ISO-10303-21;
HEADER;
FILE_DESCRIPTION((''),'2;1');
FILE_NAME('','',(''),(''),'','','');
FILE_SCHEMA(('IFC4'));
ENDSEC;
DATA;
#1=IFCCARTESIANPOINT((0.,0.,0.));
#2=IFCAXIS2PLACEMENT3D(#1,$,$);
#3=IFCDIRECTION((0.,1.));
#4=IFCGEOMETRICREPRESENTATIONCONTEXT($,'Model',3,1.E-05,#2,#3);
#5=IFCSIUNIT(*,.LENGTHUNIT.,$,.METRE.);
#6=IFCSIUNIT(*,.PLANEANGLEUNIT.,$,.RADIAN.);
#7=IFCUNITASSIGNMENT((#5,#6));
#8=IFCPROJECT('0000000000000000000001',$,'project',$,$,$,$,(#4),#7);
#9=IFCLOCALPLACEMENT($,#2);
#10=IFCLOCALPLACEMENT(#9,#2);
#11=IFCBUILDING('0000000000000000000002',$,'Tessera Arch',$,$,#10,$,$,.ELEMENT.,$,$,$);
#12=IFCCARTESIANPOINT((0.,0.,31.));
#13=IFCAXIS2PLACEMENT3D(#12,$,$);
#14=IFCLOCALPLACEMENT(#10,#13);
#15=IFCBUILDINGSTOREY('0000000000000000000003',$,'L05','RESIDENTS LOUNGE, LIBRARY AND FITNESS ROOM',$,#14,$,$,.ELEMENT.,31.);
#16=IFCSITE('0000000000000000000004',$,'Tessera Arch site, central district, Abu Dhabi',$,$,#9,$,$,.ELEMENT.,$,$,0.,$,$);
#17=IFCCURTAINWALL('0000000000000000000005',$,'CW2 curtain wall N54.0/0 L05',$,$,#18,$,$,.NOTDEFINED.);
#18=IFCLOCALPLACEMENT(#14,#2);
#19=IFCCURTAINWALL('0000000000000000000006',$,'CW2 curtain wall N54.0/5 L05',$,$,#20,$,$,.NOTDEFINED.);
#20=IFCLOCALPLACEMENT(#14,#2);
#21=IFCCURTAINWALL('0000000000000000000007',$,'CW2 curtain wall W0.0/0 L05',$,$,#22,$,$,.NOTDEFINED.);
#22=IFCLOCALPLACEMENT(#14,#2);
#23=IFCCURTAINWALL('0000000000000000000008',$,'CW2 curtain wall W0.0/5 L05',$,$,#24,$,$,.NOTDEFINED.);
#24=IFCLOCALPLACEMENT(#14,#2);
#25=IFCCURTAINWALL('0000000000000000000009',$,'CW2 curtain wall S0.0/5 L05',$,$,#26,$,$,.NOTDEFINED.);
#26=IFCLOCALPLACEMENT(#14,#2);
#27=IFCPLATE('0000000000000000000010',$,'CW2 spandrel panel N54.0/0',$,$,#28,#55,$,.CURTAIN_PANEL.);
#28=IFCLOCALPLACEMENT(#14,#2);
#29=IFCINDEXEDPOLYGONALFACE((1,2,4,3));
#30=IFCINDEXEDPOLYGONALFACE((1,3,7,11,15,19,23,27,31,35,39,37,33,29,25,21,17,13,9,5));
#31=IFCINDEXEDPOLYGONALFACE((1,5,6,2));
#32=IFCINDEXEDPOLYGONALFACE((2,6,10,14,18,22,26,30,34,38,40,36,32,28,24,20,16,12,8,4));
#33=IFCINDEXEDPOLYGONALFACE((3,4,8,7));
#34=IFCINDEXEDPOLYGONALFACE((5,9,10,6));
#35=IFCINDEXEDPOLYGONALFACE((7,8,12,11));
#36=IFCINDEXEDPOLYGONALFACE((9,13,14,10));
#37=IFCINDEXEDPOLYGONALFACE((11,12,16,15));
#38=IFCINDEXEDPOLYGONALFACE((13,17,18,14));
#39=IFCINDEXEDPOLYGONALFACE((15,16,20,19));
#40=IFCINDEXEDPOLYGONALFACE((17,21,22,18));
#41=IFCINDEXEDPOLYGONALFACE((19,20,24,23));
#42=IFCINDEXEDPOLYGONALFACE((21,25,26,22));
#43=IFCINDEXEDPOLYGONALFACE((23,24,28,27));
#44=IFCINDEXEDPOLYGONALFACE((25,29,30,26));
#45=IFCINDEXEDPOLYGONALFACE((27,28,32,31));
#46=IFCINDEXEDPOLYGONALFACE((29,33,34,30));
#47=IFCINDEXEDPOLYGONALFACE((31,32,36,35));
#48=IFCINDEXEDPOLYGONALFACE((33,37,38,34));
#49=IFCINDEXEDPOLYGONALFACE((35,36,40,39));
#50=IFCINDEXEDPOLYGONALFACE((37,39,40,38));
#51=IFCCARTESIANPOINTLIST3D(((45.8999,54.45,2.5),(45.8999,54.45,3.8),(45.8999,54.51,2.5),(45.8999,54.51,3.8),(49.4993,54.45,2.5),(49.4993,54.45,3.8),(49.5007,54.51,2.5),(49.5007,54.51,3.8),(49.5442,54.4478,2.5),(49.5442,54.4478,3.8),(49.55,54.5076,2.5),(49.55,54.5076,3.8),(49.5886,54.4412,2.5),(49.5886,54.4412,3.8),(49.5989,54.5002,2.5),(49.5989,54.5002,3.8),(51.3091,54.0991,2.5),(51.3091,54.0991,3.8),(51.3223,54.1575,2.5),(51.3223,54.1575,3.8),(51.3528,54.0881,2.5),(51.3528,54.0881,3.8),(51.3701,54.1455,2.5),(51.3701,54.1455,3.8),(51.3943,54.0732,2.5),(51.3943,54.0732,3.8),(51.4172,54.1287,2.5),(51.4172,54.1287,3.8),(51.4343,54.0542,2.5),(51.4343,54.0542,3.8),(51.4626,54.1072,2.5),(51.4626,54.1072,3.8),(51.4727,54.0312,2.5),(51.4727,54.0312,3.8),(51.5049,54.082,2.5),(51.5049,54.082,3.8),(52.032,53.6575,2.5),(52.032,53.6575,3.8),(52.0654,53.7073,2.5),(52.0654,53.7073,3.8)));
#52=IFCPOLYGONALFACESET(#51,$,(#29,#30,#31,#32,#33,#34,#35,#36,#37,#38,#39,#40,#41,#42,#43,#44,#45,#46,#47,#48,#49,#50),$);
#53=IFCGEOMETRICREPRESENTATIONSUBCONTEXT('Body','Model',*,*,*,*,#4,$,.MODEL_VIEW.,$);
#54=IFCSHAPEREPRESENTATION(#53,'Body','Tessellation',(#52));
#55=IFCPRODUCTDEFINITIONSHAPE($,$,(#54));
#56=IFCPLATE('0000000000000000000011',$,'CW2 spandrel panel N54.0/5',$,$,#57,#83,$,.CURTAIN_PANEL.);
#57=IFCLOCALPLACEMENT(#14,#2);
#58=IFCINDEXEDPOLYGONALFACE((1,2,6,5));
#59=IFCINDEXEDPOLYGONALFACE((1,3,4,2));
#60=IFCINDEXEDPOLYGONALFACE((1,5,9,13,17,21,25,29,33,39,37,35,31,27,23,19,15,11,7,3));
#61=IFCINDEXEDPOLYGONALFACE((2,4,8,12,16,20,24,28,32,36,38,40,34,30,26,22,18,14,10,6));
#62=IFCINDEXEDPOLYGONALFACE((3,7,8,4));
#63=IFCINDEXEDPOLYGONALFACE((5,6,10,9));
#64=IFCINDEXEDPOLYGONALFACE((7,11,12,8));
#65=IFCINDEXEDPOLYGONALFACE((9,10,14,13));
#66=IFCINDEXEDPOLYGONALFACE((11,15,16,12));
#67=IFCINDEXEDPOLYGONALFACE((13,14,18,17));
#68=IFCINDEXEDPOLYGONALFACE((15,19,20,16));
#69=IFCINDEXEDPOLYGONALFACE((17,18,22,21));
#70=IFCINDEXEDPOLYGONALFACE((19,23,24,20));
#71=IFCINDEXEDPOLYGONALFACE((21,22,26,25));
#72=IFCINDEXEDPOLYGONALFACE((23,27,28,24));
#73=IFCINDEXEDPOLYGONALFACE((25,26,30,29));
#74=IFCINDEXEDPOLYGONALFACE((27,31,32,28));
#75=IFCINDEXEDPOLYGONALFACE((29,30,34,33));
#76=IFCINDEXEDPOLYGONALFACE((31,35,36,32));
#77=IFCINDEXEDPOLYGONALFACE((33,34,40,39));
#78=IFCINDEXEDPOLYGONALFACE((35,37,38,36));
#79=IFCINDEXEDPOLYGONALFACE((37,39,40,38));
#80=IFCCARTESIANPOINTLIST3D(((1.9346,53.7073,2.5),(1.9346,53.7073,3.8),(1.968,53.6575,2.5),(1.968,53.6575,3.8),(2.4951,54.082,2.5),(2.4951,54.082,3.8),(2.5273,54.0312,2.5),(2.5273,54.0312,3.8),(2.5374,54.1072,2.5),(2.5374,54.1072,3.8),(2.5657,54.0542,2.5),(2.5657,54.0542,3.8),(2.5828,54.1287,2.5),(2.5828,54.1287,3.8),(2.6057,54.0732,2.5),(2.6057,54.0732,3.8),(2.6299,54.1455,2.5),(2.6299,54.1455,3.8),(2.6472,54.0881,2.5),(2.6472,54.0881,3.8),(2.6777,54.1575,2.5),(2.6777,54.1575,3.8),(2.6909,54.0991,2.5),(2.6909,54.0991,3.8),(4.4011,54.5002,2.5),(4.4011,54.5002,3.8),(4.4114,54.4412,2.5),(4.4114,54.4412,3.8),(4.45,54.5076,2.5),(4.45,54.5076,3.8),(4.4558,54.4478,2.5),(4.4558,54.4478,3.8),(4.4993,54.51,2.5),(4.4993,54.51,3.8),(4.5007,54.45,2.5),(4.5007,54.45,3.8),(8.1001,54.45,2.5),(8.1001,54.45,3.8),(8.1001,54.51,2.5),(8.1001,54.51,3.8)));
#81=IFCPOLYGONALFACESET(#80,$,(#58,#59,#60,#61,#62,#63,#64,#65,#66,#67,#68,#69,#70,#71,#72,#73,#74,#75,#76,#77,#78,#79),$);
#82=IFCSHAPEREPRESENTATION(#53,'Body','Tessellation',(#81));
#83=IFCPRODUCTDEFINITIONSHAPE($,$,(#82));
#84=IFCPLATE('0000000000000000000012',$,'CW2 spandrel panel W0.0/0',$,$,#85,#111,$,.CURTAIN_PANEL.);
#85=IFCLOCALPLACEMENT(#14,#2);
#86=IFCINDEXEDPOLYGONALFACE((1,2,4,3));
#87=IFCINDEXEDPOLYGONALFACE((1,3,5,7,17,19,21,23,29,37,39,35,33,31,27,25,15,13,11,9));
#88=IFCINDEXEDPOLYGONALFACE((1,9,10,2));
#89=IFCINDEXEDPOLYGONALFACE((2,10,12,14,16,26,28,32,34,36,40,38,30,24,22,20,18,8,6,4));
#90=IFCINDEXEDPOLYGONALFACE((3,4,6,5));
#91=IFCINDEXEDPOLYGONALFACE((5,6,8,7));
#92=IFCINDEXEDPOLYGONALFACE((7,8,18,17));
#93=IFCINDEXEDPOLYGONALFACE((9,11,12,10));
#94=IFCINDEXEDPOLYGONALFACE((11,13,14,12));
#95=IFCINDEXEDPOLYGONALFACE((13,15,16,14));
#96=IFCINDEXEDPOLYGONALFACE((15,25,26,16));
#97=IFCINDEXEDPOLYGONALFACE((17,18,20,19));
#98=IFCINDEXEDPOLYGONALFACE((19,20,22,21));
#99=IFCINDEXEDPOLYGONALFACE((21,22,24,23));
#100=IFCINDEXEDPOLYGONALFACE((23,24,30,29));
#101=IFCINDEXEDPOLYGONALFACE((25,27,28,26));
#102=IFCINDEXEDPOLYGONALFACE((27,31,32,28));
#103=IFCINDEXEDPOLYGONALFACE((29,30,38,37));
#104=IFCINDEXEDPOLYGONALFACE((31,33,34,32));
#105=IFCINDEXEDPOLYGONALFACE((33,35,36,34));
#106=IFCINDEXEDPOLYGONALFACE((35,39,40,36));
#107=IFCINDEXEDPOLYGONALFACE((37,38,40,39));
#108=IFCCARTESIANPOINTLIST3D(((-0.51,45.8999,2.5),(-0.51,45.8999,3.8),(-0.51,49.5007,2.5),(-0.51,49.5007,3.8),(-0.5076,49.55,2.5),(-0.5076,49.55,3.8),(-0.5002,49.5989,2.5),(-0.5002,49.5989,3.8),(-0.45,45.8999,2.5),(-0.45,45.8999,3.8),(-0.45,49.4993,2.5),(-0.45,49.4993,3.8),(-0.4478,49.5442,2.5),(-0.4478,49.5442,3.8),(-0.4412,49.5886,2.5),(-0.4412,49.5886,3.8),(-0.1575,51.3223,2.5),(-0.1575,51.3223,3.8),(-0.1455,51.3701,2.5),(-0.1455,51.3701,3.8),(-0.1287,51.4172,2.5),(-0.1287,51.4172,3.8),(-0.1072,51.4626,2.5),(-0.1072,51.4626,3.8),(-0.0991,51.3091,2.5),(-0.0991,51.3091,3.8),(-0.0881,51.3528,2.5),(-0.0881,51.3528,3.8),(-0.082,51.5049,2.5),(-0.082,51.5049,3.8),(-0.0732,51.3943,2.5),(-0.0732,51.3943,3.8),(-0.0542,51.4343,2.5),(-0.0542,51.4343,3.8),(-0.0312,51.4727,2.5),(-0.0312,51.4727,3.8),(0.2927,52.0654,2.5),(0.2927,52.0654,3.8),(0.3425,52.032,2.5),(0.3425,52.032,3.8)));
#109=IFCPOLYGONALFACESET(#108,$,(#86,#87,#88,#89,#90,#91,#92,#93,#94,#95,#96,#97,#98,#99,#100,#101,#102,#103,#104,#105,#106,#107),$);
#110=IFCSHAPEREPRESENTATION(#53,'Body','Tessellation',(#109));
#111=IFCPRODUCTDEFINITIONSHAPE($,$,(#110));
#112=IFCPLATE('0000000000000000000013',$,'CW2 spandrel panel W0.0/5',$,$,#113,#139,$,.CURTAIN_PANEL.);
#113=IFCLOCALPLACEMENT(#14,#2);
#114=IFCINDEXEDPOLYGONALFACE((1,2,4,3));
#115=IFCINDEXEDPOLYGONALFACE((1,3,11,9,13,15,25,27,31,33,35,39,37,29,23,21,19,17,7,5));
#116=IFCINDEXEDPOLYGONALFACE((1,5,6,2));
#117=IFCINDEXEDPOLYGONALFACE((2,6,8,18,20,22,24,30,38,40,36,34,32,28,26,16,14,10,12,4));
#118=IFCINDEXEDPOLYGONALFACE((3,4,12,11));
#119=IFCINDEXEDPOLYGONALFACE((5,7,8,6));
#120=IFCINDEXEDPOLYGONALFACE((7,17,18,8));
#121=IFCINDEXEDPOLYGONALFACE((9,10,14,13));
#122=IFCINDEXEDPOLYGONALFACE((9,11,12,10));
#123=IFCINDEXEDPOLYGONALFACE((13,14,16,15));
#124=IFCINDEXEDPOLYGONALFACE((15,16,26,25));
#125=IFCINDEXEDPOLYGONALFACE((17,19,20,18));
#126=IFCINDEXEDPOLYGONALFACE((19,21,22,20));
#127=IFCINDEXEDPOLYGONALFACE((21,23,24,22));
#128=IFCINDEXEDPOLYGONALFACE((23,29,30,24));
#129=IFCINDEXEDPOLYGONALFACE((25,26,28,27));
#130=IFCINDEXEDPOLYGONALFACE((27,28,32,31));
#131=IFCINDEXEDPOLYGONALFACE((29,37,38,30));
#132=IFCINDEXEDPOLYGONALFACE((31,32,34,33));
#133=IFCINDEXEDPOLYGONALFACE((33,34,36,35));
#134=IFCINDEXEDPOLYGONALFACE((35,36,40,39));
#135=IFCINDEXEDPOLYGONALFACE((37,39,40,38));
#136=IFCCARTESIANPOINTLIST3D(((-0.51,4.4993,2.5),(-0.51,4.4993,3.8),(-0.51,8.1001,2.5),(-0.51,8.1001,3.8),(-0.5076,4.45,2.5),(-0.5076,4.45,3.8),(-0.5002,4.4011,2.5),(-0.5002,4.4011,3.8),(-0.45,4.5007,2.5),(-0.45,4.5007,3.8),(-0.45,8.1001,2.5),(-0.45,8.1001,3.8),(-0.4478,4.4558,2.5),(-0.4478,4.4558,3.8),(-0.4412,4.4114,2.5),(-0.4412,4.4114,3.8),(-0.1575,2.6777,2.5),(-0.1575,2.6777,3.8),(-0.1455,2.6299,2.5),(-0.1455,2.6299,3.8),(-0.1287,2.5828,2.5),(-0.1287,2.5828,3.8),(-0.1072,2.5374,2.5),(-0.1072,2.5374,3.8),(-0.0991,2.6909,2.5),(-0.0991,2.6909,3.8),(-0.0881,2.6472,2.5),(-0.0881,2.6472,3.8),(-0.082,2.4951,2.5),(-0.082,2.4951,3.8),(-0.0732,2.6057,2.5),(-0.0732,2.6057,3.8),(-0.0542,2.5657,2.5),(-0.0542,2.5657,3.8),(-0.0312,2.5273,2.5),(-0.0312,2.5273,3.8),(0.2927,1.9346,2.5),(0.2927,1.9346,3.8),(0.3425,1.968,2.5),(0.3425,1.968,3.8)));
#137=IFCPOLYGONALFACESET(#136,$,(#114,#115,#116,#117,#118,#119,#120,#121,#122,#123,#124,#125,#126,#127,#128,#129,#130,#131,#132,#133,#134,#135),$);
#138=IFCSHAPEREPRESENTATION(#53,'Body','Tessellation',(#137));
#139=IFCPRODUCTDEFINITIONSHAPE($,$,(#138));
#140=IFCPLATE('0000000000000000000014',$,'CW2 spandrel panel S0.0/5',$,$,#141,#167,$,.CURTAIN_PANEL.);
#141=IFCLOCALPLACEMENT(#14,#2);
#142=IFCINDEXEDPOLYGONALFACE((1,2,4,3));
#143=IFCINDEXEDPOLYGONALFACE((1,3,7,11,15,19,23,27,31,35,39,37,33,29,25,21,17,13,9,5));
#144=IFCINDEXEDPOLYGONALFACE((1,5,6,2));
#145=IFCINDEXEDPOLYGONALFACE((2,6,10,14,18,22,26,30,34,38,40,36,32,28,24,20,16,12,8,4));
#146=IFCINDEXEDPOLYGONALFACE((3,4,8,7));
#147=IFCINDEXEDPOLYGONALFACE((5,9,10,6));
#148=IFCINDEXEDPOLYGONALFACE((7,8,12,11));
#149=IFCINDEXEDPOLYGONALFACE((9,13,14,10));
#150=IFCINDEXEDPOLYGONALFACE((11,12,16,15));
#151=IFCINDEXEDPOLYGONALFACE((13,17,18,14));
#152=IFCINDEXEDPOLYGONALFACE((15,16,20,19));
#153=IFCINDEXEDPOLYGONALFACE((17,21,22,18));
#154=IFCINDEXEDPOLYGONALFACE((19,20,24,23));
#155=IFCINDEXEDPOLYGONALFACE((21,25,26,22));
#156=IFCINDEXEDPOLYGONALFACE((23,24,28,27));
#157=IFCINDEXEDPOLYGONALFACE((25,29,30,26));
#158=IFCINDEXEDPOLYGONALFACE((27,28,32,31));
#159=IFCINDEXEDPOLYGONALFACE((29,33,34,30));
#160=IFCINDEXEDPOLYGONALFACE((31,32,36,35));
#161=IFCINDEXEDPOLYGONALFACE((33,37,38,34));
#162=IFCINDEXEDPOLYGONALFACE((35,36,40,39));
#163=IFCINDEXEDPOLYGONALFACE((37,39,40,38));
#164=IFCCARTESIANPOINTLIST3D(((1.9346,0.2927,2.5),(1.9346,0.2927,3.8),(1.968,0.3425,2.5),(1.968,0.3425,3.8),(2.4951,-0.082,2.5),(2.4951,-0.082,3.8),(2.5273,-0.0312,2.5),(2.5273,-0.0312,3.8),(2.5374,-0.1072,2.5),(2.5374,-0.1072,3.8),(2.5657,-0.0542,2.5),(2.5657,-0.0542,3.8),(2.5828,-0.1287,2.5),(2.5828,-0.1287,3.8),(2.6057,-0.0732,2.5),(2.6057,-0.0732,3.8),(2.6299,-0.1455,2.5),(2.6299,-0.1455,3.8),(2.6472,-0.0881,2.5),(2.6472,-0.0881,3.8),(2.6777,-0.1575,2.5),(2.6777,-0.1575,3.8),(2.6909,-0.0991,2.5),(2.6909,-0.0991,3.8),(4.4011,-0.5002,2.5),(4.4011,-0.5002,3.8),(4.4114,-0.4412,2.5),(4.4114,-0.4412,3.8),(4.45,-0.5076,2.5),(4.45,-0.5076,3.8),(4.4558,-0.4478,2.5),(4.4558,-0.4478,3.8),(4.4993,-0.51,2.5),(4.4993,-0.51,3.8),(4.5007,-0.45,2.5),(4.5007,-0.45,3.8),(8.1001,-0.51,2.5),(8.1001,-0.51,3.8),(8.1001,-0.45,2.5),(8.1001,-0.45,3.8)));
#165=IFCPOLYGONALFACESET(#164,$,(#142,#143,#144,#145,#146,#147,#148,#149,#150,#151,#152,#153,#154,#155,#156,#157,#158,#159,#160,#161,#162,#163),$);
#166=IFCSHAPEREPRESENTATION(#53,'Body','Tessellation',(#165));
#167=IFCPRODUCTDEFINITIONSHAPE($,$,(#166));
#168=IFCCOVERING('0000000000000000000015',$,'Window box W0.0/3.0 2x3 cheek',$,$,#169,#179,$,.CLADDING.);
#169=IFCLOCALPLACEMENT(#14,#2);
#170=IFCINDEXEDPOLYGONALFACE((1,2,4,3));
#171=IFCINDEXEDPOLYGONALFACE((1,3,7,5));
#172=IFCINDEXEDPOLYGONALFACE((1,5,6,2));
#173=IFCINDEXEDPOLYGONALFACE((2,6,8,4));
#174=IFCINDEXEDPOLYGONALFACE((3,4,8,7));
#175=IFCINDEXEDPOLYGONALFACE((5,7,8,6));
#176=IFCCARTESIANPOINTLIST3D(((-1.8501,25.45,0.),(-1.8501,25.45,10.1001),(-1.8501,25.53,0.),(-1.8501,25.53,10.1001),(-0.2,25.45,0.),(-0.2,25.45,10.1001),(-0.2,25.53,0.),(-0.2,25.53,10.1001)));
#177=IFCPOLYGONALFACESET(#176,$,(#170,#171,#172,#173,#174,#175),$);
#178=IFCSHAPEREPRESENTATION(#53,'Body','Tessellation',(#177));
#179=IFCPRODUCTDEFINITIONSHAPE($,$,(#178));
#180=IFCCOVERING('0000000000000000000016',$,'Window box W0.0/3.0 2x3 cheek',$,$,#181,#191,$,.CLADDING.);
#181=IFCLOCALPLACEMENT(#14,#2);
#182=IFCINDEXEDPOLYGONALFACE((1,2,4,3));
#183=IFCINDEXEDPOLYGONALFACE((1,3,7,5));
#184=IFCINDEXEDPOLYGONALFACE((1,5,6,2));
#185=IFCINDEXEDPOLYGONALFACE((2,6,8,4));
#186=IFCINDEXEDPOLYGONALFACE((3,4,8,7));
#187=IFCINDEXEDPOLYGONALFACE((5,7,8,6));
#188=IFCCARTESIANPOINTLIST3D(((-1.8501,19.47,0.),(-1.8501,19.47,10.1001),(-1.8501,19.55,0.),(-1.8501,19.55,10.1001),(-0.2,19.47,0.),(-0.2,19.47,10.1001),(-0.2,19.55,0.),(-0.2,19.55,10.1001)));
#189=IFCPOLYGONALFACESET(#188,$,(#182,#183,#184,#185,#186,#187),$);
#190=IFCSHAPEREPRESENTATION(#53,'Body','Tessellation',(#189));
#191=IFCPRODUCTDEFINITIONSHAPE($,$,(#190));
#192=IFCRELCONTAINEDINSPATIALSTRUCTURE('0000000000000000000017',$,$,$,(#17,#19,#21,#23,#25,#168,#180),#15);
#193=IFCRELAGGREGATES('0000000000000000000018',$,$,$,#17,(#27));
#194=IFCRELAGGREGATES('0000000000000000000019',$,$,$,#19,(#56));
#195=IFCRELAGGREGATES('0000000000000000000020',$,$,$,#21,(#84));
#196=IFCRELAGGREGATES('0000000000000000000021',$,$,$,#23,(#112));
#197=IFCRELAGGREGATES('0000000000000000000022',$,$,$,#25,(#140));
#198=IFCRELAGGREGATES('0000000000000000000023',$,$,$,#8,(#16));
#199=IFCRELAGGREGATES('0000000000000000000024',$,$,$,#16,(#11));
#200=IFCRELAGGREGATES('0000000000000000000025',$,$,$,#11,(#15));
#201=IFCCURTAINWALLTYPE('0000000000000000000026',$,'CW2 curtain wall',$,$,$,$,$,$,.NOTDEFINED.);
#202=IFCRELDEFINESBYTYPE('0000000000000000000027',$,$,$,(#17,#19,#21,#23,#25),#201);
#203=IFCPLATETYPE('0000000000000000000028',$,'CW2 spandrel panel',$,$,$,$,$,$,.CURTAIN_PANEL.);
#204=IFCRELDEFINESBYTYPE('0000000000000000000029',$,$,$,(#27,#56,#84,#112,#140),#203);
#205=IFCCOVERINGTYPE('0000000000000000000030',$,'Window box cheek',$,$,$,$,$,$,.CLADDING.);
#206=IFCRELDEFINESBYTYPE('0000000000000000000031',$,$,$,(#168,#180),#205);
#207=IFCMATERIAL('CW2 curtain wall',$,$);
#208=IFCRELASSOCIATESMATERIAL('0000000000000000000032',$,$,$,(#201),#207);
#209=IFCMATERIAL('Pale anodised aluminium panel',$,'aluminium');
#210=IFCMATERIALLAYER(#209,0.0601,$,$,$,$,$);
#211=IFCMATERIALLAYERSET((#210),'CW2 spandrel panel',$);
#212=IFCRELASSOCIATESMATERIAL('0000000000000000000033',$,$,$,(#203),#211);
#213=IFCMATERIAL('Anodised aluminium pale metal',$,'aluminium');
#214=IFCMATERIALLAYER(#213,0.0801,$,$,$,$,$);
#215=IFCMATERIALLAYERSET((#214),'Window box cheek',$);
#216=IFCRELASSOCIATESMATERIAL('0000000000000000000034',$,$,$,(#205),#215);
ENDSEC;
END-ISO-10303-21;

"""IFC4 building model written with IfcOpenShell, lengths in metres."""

from ifc_helpers import new_model, si_unit, direction, frame, origin, place, context, subcontext, project, spatial, polyline, outline, extrude, material, layer, layer_set, type_object, element, aggregate, save


model = new_model("IFC4")

# Units and contexts
model_context = context("Model", 3, precision=1e-05, world=origin(), true_north=direction((0.0, 1.0)))
body_context = subcontext(model_context, "Body", "Model", "MODEL_VIEW")
ifc_project = project(units=[si_unit("LENGTHUNIT", "METRE"), si_unit("PLANEANGLEUNIT", "RADIAN")], contexts=[model_context])

# Site, building, storey
site_placement = place(None, origin())
site = spatial("IfcSite", under=ifc_project, at=site_placement, Name="Tessera Arch site, central district, Abu Dhabi", CompositionType="ELEMENT", RefElevation=0.0)
building_placement = place(site_placement, origin())
building = spatial("IfcBuilding", under=site, at=building_placement, Name="Tessera Arch", CompositionType="ELEMENT")
storey_placement = place(building_placement, frame((0.0, 0.0, 31.0)))
storey = spatial("IfcBuildingStorey", under=building, at=storey_placement, Name="L05", Description="RESIDENTS LOUNGE, LIBRARY AND FITNESS ROOM", CompositionType="ELEMENT", Elevation=31.0)

# Curtain walls
ifc_material_1 = material(Name="CW2 curtain wall")
curtain_wall_type = type_object("IfcCurtainWallType", Name="CW2 curtain wall", PredefinedType="NOTDEFINED", material=ifc_material_1)
curtain_wall_1_placement = place(storey_placement, origin())
curtain_wall_1 = element("IfcCurtainWall", 1, at=curtain_wall_1_placement, inside=storey, type_object=curtain_wall_type, Name="CW2 curtain wall N54.0/0 L05", PredefinedType="NOTDEFINED")
curtain_wall_2_placement = place(storey_placement, origin())
curtain_wall_2 = element("IfcCurtainWall", 2, at=curtain_wall_2_placement, inside=storey, type_object=curtain_wall_type, Name="CW2 curtain wall N54.0/5 L05", PredefinedType="NOTDEFINED")
curtain_wall_3_placement = place(storey_placement, origin())
curtain_wall_3 = element("IfcCurtainWall", 3, at=curtain_wall_3_placement, inside=storey, type_object=curtain_wall_type, Name="CW2 curtain wall W0.0/0 L05", PredefinedType="NOTDEFINED")
curtain_wall_4_placement = place(storey_placement, origin())
curtain_wall_4 = element("IfcCurtainWall", 4, at=curtain_wall_4_placement, inside=storey, type_object=curtain_wall_type, Name="CW2 curtain wall W0.0/5 L05", PredefinedType="NOTDEFINED")
curtain_wall_5_placement = place(storey_placement, origin())
curtain_wall_5 = element("IfcCurtainWall", 5, at=curtain_wall_5_placement, inside=storey, type_object=curtain_wall_type, Name="CW2 curtain wall S0.0/5 L05", PredefinedType="NOTDEFINED")

# Plates
ifc_material_2 = material(Name="Pale anodised aluminium panel", Category="aluminium")
ifc_layer_1 = layer(ifc_material_2, 0.0601)
ifc_layer_set_1 = layer_set([ifc_layer_1], Name="CW2 spandrel panel")
plate_type_1 = type_object("IfcPlateType", Name="CW2 spandrel panel", PredefinedType="CURTAIN_PANEL", material=ifc_layer_set_1)
plate_1_placement = place(storey_placement, frame((0.0, 0.0, 2.5)))
plate_1 = element("IfcPlate", 6, at=plate_1_placement, type_object=plate_type_1, Name="CW2 spandrel panel N54.0/0", PredefinedType="CURTAIN_PANEL", context=body_context, shape_type="SweptSolid", body=[
    extrude(outline(polyline([(51.4727, 54.0312), (52.032, 53.6575), (52.0654, 53.7073), (51.5049, 54.082), (51.4626, 54.1072), (51.4172, 54.1287), (51.3701, 54.1455), (51.3223, 54.1575), (49.5989, 54.5002), (49.55, 54.5076), (49.5007, 54.51), (45.8999, 54.51), (45.8999, 54.45), (49.4993, 54.45), (49.5442, 54.4478), (49.5886, 54.4412), (51.3091, 54.0991), (51.3528, 54.0881), (51.3943, 54.0732), (51.4343, 54.0542), (51.4727, 54.0312)])), origin(), (0.0, 0.0, 1.0), 1.3),
])
aggregate(curtain_wall_1, [plate_1])
plate_2_placement = place(storey_placement, frame((0.0, 0.0, 2.5)))
plate_2 = element("IfcPlate", 7, at=plate_2_placement, type_object=plate_type_1, Name="CW2 spandrel panel N54.0/5", PredefinedType="CURTAIN_PANEL", context=body_context, shape_type="SweptSolid", body=[
    extrude(outline(polyline([(4.5007, 54.45), (8.1001, 54.45), (8.1001, 54.51), (4.4993, 54.51), (4.45, 54.5076), (4.4011, 54.5002), (2.6777, 54.1575), (2.6299, 54.1455), (2.5828, 54.1287), (2.5374, 54.1072), (2.4951, 54.082), (1.9346, 53.7073), (1.968, 53.6575), (2.5273, 54.0312), (2.5657, 54.0542), (2.6057, 54.0732), (2.6472, 54.0881), (2.6909, 54.0991), (4.4114, 54.4412), (4.4558, 54.4478), (4.5007, 54.45)])), origin(), (0.0, 0.0, 1.0), 1.3),
])
aggregate(curtain_wall_2, [plate_2])
plate_3_placement = place(storey_placement, frame((0.0, 0.0, 2.5)))
plate_3 = element("IfcPlate", 8, at=plate_3_placement, type_object=plate_type_1, Name="CW2 spandrel panel W0.0/0", PredefinedType="CURTAIN_PANEL", context=body_context, shape_type="SweptSolid", body=[
    extrude(outline(polyline([(-0.0312, 51.4727), (0.3425, 52.032), (0.2927, 52.0654), (-0.082, 51.5049), (-0.1072, 51.4626), (-0.1287, 51.4172), (-0.1455, 51.3701), (-0.1575, 51.3223), (-0.5002, 49.5989), (-0.5076, 49.55), (-0.51, 49.5007), (-0.51, 45.8999), (-0.45, 45.8999), (-0.45, 49.4993), (-0.4478, 49.5442), (-0.4412, 49.5886), (-0.0991, 51.3091), (-0.0881, 51.3528), (-0.0732, 51.3943), (-0.0542, 51.4343), (-0.0312, 51.4727)])), origin(), (0.0, 0.0, 1.0), 1.3),
])
aggregate(curtain_wall_3, [plate_3])
plate_4_placement = place(storey_placement, frame((0.0, 0.0, 2.5)))
plate_4 = element("IfcPlate", 9, at=plate_4_placement, type_object=plate_type_1, Name="CW2 spandrel panel W0.0/5", PredefinedType="CURTAIN_PANEL", context=body_context, shape_type="SweptSolid", body=[
    extrude(outline(polyline([(-0.45, 4.5007), (-0.45, 8.1001), (-0.51, 8.1001), (-0.51, 4.4993), (-0.5076, 4.45), (-0.5002, 4.4011), (-0.1575, 2.6777), (-0.1455, 2.6299), (-0.1287, 2.5828), (-0.1072, 2.5374), (-0.082, 2.4951), (0.2927, 1.9346), (0.3425, 1.968), (-0.0312, 2.5273), (-0.0542, 2.5657), (-0.0732, 2.6057), (-0.0881, 2.6472), (-0.0991, 2.6909), (-0.4412, 4.4114), (-0.4478, 4.4558), (-0.45, 4.5007)])), origin(), (0.0, 0.0, 1.0), 1.3),
])
aggregate(curtain_wall_4, [plate_4])
plate_5_placement = place(storey_placement, frame((0.0, 0.0, 2.5)))
plate_5 = element("IfcPlate", 10, at=plate_5_placement, type_object=plate_type_1, Name="CW2 spandrel panel S0.0/5", PredefinedType="CURTAIN_PANEL", context=body_context, shape_type="SweptSolid", body=[
    extrude(outline(polyline([(2.5273, -0.0312), (1.968, 0.3425), (1.9346, 0.2927), (2.4951, -0.082), (2.5374, -0.1072), (2.5828, -0.1287), (2.6299, -0.1455), (2.6777, -0.1575), (4.4011, -0.5002), (4.45, -0.5076), (4.4993, -0.51), (8.1001, -0.51), (8.1001, -0.45), (4.5007, -0.45), (4.4558, -0.4478), (4.4114, -0.4412), (2.6909, -0.0991), (2.6472, -0.0881), (2.6057, -0.0732), (2.5657, -0.0542), (2.5273, -0.0312)])), origin(), (0.0, 0.0, 1.0), 1.3),
])
aggregate(curtain_wall_5, [plate_5])

# Coverings
ifc_material_3 = material(Name="Anodised aluminium pale metal", Category="aluminium")
ifc_layer_2 = layer(ifc_material_3, 0.0801)
ifc_layer_set_2 = layer_set([ifc_layer_2], Name="Window box cheek")
covering_type_1 = type_object("IfcCoveringType", Name="Window box cheek", PredefinedType="CLADDING", material=ifc_layer_set_2)
covering_1_placement = place(storey_placement, origin())
element("IfcCovering", 11, at=covering_1_placement, inside=storey, type_object=covering_type_1, Name="Window box W0.0/3.0 2x3 cheek", PredefinedType="CLADDING", context=body_context, shape_type="SweptSolid", body=[
    extrude(outline(polyline([(-1.8501, 25.53), (-1.8501, 25.45), (-0.2, 25.45), (-0.2, 25.53), (-1.8501, 25.53)])), origin(), (0.0, 0.0, 1.0), 10.1001),
])
covering_2_placement = place(storey_placement, origin())
element("IfcCovering", 12, at=covering_2_placement, inside=storey, type_object=covering_type_1, Name="Window box W0.0/3.0 2x3 cheek", PredefinedType="CLADDING", context=body_context, shape_type="SweptSolid", body=[
    extrude(outline(polyline([(-1.8501, 19.55), (-1.8501, 19.47), (-0.2, 19.47), (-0.2, 19.55), (-1.8501, 19.55)])), origin(), (0.0, 0.0, 1.0), 10.1001),
])

save(model, "model.ifc")
